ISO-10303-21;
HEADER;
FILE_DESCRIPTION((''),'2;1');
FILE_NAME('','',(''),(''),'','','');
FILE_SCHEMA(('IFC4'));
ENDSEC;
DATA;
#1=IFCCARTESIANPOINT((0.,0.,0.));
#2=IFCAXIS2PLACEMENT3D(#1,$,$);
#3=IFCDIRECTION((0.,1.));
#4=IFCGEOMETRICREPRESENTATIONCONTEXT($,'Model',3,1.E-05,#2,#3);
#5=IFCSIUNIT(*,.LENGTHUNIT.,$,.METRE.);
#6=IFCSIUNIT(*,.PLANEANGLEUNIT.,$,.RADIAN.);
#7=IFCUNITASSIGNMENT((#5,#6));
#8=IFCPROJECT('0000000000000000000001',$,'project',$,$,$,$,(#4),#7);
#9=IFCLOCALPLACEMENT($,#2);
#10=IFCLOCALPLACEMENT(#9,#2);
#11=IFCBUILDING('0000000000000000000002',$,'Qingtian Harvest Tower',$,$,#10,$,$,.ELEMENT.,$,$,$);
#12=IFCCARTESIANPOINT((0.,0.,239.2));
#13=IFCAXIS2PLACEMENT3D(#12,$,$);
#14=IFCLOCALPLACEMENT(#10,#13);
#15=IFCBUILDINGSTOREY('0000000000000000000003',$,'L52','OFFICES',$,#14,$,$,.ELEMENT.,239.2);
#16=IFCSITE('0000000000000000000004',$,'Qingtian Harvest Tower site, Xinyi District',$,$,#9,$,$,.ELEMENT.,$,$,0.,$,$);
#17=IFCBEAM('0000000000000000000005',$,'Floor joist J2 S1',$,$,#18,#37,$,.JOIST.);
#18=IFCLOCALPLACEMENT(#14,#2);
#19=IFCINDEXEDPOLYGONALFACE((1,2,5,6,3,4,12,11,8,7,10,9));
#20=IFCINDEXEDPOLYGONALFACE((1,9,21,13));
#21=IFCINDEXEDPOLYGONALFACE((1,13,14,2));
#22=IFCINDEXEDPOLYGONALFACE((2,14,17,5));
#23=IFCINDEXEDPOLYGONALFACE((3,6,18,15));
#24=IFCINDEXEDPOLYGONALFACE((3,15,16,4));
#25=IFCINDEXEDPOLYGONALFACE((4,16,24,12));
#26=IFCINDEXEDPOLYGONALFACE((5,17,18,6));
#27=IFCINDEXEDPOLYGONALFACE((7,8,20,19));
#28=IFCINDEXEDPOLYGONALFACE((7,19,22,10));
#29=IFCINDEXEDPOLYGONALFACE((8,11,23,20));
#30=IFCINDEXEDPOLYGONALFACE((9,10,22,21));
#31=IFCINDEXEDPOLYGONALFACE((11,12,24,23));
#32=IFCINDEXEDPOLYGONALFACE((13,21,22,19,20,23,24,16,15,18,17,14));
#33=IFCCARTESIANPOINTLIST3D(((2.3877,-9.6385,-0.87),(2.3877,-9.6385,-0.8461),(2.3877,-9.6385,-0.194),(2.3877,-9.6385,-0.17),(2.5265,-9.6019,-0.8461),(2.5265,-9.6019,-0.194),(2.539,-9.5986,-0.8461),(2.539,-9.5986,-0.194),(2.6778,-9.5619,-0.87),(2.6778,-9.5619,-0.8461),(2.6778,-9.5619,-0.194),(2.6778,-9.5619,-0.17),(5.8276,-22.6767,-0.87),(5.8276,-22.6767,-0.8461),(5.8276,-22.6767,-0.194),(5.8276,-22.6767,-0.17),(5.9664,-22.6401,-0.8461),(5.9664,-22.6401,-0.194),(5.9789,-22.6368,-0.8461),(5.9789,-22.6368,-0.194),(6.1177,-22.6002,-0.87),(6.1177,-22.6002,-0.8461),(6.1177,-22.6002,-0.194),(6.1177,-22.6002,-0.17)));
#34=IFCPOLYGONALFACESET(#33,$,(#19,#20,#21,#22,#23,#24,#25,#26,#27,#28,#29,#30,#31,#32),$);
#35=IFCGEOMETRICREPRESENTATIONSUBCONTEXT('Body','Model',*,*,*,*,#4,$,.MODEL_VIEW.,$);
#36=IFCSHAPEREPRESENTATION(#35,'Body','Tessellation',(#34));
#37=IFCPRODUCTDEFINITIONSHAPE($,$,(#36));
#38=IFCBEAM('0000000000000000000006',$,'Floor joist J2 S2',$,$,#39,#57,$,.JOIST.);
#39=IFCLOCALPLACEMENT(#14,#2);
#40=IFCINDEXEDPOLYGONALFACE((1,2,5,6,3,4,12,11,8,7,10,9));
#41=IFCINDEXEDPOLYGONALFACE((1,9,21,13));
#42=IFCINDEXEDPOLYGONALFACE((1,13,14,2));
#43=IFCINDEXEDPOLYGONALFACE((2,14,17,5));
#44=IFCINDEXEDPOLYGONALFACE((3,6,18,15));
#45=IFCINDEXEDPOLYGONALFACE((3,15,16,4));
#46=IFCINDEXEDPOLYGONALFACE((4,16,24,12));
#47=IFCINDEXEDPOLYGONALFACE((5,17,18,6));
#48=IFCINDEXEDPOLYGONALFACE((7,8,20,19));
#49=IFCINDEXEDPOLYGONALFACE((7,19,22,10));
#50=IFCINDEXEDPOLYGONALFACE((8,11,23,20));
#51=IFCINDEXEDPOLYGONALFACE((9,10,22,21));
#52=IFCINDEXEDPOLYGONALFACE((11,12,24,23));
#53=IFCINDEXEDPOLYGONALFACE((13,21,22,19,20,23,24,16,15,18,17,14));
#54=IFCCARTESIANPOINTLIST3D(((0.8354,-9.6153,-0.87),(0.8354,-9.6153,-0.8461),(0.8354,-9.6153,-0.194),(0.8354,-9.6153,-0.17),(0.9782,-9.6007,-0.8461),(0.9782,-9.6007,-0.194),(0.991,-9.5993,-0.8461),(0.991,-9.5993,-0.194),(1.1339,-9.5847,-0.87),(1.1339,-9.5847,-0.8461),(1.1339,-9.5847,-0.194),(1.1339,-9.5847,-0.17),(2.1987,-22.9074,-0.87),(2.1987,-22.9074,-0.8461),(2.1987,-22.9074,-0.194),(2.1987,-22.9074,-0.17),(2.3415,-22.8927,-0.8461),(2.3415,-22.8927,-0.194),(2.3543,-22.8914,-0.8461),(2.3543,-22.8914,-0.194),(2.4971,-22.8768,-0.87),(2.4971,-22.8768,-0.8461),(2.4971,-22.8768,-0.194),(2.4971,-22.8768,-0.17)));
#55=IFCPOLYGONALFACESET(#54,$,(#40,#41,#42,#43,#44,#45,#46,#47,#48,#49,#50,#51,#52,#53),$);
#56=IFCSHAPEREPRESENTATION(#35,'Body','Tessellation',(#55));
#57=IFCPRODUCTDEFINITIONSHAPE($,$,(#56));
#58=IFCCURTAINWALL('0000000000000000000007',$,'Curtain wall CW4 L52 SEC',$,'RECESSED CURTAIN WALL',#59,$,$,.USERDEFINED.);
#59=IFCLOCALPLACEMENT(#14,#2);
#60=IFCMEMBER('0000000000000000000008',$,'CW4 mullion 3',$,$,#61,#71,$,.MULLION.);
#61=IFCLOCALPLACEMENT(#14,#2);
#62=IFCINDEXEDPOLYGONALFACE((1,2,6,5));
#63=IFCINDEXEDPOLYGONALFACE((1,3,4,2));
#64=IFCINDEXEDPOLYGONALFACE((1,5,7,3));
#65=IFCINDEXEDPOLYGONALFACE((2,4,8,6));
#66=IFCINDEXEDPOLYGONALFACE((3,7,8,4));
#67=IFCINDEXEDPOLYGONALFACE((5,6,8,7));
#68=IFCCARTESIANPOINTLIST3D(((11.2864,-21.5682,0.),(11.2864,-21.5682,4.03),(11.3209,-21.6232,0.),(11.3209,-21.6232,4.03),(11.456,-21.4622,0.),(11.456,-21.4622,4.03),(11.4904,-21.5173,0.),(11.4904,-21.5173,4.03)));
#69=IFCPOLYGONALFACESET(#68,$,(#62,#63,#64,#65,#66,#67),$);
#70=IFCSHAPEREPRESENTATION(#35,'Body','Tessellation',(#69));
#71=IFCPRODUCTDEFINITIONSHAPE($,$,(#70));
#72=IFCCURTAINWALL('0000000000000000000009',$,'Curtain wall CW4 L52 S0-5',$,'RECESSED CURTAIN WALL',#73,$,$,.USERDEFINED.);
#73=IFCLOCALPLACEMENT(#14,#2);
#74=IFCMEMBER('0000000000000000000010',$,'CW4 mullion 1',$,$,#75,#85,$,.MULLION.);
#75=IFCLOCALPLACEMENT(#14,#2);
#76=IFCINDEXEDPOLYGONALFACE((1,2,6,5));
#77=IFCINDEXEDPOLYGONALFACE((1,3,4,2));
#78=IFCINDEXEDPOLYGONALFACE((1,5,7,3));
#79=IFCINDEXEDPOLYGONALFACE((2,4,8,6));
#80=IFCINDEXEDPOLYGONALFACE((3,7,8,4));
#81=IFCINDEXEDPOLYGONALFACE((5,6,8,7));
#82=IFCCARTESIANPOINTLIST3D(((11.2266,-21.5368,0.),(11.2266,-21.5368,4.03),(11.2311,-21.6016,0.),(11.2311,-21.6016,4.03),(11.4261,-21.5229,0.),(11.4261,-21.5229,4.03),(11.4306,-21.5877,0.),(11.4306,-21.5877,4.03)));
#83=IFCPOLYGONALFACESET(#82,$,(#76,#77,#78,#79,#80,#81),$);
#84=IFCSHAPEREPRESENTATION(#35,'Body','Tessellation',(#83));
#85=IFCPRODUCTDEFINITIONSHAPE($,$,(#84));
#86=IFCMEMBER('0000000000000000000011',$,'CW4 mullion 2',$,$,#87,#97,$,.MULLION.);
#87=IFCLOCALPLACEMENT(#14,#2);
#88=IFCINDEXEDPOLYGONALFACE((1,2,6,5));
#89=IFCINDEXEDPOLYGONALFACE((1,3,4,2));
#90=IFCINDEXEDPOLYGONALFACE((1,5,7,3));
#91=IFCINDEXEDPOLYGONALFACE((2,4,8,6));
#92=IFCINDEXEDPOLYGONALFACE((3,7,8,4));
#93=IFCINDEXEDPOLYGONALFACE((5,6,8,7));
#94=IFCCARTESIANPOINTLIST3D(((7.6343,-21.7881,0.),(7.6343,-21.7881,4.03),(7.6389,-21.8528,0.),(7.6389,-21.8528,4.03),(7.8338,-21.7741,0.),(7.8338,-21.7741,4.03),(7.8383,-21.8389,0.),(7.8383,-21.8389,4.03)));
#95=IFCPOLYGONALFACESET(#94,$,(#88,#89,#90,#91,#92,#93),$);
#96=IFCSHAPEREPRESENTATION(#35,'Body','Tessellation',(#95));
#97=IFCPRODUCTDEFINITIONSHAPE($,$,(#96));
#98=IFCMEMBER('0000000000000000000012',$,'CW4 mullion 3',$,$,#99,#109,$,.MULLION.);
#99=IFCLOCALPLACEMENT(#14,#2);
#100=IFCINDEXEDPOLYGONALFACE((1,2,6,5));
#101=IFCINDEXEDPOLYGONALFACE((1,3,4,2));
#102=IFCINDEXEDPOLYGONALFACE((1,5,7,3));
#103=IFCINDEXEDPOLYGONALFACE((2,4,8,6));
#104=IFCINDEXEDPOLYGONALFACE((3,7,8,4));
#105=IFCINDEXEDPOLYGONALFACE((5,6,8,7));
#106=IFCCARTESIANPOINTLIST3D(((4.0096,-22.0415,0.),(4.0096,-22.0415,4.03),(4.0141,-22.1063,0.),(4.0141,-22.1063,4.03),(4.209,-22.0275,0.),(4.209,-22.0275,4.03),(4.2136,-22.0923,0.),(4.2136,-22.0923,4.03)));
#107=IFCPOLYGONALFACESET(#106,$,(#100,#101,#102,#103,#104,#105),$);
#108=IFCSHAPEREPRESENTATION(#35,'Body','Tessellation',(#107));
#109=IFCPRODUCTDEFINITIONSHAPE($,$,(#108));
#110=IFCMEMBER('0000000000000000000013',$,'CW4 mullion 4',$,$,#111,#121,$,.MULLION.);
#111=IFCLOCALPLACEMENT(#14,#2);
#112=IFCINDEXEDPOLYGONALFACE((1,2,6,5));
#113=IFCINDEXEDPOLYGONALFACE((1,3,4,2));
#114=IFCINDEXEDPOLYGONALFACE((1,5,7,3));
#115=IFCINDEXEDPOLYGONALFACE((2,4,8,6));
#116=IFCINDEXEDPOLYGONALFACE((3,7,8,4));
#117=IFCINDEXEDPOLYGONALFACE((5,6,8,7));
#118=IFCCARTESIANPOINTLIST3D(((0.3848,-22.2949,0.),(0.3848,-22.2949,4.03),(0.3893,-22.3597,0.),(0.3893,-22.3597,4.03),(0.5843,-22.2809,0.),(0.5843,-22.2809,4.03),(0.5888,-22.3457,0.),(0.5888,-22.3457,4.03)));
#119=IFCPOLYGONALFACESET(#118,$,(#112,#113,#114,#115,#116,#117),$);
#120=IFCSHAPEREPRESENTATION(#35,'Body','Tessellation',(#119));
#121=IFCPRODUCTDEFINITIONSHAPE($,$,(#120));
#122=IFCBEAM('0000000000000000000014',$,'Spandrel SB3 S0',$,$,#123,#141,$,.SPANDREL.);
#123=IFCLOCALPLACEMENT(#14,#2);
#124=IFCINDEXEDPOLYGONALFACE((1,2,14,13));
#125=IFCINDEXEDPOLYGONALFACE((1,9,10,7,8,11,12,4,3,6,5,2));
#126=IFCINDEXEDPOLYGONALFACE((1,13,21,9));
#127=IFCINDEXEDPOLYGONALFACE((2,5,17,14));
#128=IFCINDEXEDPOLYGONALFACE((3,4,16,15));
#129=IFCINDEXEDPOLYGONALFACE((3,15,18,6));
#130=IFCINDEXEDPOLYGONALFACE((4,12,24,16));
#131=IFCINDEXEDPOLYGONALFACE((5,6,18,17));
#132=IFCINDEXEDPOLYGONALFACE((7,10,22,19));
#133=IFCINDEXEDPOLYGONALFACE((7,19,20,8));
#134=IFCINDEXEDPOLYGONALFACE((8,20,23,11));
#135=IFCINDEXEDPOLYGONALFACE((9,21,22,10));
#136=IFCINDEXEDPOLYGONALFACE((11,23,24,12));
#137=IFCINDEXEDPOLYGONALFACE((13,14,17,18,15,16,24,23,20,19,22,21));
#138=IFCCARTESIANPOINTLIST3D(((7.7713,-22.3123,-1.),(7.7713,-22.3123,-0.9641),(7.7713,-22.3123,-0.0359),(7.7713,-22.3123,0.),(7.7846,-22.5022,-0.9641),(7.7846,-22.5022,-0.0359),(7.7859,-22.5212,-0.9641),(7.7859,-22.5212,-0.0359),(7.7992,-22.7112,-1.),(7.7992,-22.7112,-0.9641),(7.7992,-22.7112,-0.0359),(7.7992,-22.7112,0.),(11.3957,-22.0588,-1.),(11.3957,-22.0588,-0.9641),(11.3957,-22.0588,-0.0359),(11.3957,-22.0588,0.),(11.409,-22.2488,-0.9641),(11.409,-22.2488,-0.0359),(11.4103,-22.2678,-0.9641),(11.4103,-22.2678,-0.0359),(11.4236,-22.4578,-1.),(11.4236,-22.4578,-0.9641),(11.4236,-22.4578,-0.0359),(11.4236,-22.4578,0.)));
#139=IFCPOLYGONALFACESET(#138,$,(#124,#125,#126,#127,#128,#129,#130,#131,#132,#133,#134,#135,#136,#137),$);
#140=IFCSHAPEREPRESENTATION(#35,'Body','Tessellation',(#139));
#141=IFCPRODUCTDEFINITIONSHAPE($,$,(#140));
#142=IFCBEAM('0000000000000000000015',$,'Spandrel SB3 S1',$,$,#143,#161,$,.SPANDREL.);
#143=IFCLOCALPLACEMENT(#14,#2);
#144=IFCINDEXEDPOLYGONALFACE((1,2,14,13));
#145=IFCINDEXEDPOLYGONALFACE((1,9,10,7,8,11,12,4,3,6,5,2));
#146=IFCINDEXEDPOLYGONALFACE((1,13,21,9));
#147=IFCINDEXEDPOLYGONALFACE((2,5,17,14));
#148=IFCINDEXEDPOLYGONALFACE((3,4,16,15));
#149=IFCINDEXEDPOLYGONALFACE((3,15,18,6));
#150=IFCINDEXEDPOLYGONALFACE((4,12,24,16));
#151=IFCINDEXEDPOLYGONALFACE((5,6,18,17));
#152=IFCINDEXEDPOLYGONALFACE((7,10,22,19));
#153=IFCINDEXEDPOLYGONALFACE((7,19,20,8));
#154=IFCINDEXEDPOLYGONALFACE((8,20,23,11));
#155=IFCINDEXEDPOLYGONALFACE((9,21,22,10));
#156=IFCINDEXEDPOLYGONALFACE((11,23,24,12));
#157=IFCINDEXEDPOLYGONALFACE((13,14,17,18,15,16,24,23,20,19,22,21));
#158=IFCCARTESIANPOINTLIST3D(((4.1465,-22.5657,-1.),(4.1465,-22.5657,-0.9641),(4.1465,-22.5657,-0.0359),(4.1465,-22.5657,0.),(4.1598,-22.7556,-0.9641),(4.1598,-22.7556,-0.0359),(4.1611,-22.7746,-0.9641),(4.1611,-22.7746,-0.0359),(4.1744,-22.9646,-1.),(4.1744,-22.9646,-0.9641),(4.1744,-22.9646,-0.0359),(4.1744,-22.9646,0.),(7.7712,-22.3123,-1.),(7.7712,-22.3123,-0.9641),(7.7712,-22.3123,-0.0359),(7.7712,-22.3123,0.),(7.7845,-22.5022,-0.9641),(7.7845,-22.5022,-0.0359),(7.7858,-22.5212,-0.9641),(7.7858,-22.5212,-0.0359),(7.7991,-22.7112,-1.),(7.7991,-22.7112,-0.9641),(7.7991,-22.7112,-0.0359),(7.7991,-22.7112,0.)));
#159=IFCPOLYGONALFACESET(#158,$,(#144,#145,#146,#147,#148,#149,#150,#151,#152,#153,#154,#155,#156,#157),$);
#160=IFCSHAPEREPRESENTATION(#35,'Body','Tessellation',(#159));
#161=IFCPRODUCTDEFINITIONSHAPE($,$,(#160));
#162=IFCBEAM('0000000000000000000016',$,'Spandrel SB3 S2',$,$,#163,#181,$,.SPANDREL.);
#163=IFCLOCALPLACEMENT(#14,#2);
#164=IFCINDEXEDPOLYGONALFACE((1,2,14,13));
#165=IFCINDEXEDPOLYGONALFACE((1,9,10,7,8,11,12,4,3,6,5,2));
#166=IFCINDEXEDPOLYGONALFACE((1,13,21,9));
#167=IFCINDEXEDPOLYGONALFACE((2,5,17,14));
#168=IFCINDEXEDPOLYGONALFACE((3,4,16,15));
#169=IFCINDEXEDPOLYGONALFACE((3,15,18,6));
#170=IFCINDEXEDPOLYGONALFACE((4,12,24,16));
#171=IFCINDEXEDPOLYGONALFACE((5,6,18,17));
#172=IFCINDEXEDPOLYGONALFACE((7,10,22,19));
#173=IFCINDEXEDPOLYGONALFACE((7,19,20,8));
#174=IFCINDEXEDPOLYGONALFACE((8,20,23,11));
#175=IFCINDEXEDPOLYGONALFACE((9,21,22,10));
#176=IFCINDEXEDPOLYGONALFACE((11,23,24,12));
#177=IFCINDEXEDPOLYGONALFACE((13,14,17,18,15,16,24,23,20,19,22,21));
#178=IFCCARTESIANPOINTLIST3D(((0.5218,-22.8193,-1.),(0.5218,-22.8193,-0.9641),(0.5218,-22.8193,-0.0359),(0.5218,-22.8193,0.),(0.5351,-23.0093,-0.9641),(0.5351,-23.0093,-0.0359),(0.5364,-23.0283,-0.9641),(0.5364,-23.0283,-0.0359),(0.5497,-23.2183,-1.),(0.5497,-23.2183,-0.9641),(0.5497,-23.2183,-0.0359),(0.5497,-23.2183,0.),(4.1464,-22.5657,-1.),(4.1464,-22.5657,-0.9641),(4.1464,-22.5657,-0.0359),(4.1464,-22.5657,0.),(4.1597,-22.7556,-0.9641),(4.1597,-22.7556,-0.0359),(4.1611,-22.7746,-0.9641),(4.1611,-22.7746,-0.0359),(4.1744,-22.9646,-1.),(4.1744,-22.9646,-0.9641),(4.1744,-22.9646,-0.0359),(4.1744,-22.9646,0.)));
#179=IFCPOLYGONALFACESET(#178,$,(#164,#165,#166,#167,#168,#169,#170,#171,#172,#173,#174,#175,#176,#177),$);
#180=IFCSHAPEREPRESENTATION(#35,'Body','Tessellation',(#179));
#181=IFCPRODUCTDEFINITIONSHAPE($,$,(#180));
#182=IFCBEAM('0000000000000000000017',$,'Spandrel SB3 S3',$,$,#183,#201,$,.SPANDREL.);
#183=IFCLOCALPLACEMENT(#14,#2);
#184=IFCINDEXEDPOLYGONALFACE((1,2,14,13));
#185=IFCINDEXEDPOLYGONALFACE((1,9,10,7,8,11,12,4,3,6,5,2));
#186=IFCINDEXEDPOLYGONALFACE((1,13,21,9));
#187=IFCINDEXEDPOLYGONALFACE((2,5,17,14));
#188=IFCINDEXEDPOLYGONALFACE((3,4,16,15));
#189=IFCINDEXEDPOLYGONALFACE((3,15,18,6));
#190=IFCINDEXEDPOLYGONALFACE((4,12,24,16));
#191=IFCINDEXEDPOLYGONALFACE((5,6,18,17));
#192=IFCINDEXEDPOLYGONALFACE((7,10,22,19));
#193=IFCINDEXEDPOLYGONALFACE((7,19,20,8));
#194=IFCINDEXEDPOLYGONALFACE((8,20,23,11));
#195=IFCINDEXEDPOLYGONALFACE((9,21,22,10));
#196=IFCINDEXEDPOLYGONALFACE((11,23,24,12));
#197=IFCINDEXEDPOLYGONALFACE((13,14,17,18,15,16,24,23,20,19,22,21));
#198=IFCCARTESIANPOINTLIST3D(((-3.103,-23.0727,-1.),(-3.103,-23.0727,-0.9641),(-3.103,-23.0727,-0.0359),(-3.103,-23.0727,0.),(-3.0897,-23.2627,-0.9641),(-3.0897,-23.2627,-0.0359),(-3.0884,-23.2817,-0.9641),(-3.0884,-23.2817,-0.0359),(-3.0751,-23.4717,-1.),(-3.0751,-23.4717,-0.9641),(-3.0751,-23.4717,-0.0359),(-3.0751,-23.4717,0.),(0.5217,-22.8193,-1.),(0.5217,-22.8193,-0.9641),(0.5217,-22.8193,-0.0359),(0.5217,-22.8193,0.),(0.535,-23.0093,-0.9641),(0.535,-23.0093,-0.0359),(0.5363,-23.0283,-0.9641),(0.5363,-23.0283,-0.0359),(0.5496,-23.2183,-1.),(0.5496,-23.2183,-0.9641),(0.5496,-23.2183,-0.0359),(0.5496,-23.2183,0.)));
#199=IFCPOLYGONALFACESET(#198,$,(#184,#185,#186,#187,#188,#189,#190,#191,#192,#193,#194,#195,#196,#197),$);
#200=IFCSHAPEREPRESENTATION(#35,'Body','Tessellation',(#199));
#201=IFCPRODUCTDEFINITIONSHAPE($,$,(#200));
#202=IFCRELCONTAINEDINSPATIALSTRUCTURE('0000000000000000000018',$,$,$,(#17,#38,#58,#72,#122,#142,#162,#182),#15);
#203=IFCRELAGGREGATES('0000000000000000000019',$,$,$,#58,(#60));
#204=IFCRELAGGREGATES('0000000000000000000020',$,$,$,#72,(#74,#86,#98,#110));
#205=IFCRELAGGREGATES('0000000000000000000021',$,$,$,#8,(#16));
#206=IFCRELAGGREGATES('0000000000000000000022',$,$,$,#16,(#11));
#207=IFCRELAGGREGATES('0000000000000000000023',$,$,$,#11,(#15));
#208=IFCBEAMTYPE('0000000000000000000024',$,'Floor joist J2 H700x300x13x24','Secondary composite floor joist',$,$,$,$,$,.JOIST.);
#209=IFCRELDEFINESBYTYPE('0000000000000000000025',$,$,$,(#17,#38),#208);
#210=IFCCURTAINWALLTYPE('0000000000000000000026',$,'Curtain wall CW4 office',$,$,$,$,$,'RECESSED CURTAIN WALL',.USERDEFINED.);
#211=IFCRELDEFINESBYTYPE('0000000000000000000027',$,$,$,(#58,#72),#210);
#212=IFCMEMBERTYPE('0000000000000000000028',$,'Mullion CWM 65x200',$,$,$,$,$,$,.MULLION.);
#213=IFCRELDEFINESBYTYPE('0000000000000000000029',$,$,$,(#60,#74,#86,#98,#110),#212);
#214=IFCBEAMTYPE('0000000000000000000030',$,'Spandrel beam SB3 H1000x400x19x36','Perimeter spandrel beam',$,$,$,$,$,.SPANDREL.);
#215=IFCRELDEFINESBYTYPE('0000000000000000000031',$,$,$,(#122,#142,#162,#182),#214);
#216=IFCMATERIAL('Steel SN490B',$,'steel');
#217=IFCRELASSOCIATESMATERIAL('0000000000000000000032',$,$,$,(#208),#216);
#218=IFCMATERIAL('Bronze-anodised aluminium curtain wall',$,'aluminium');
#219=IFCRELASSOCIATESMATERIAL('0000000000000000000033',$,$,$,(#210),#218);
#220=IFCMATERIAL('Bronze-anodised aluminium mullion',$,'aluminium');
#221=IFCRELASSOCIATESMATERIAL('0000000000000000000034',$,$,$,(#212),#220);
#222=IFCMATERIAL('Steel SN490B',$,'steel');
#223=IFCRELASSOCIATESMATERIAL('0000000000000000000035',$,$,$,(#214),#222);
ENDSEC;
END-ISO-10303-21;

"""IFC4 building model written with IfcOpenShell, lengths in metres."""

from ifc_helpers import new_model, si_unit, direction, frame, origin, origin_2d, place, context, subcontext, project, spatial, rectangle, i_section, extrude, material, material_profile, profile_set, type_object, element, aggregate, save


model = new_model("IFC4")

# Units and contexts
model_context = context("Model", 3, precision=1e-05, world=origin(), true_north=direction((0.0, 1.0)))
body_context = subcontext(model_context, "Body", "Model", "MODEL_VIEW")
ifc_project = project(units=[si_unit("LENGTHUNIT", "METRE"), si_unit("PLANEANGLEUNIT", "RADIAN")], contexts=[model_context])

# Site, building, storey
site_placement = place(None, origin())
site = spatial("IfcSite", under=ifc_project, at=site_placement, Name="Qingtian Harvest Tower site, Xinyi District", CompositionType="ELEMENT", RefElevation=0.0)
building_placement = place(site_placement, origin())
building = spatial("IfcBuilding", under=site, at=building_placement, Name="Qingtian Harvest Tower", CompositionType="ELEMENT")
storey_placement = place(building_placement, frame((0.0, 0.0, 239.2)))
storey = spatial("IfcBuildingStorey", under=building, at=storey_placement, Name="L52", Description="OFFICES", CompositionType="ELEMENT", Elevation=239.2)

# Beams
ifc_material_1 = material(Name="Steel SN490B", Category="steel")
ifc_material_profile_1 = material_profile(ifc_material_1, i_section(OverallWidth=0.3, OverallDepth=0.7, WebThickness=0.0129, FlangeThickness=0.0239, at=origin_2d()), Name="H700x300x13x24")
ifc_profile_set_1 = profile_set([ifc_material_profile_1], Name="Steel SN490B")
beam_type_1 = type_object("IfcBeamType", Name="Floor joist J2 H700x300x13x24", Description="Secondary composite floor joist", PredefinedType="JOIST", material=ifc_profile_set_1)
beam_1_placement = place(storey_placement, frame((5.9727, -22.6384, -0.52), z_axis=(-0.255104, 0.966914, 0.0), x_axis=(-0.966914, -0.255104, 0.0)))
element("IfcBeam", 1, at=beam_1_placement, inside=storey, type_object=beam_type_1, Name="Floor joist J2 S1", PredefinedType="JOIST", context=body_context, shape_type="SweptSolid", body=[
    extrude(i_section(OverallWidth=0.3, OverallDepth=0.7, WebThickness=0.0129, FlangeThickness=0.0239, at=origin_2d()), origin(), (0.0, 0.0, 1.0), 13.4844),
])
beam_2_placement = place(storey_placement, frame((2.3479, -22.8921, -0.52), z_axis=(-0.102029, 0.994781, 0.0), x_axis=(-0.994781, -0.102029, 0.0)))
element("IfcBeam", 2, at=beam_2_placement, inside=storey, type_object=beam_type_1, Name="Floor joist J2 S2", PredefinedType="JOIST", context=body_context, shape_type="SweptSolid", body=[
    extrude(i_section(OverallWidth=0.3, OverallDepth=0.7, WebThickness=0.0129, FlangeThickness=0.0239, at=origin_2d()), origin(), (0.0, 0.0, 1.0), 13.3618),
])

# Curtain wall, member
ifc_material_2 = material(Name="Bronze-anodised aluminium curtain wall", Category="aluminium")
curtain_wall_type = type_object("IfcCurtainWallType", Name="Curtain wall CW4 office", ElementType="RECESSED CURTAIN WALL", PredefinedType="USERDEFINED", material=ifc_material_2)
curtain_wall_1_placement = place(storey_placement, origin())
curtain_wall_1 = element("IfcCurtainWall", 3, at=curtain_wall_1_placement, inside=storey, type_object=curtain_wall_type, Name="Curtain wall CW4 L52 SEC", ObjectType="RECESSED CURTAIN WALL", PredefinedType="USERDEFINED")
ifc_material_3 = material(Name="Bronze-anodised aluminium mullion", Category="aluminium")
ifc_material_profile_2 = material_profile(ifc_material_3, rectangle(XDim=0.0649, YDim=0.2, at=origin_2d()), Name="AL 65x200")
ifc_profile_set_2 = profile_set([ifc_material_profile_2], Name="Bronze-anodised aluminium mullion")
member_type_1 = type_object("IfcMemberType", Name="Mullion CWM 65x200", PredefinedType="MULLION", material=ifc_profile_set_2)
member_1_placement = place(storey_placement, frame((11.3884, -21.5427, 0.0), z_axis=(0.0, 0.0, 1.0), x_axis=(0.529919, -0.848048, 0.0)))
member_1 = element("IfcMember", 4, at=member_1_placement, type_object=member_type_1, Name="CW4 mullion 3", PredefinedType="MULLION", context=body_context, shape_type="SweptSolid", body=[
    extrude(rectangle(XDim=0.0649, YDim=0.2, at=origin_2d()), origin(), (0.0, 0.0, 1.0), 4.03),
])

# Curtain wall, members
curtain_wall_2_placement = place(storey_placement, origin())
curtain_wall_2 = element("IfcCurtainWall", 5, at=curtain_wall_2_placement, inside=storey, type_object=curtain_wall_type, Name="Curtain wall CW4 L52 S0-5", ObjectType="RECESSED CURTAIN WALL", PredefinedType="USERDEFINED")
member_2_placement = place(storey_placement, frame((11.3286, -21.5623, 0.0), z_axis=(0.0, 0.0, 1.0), x_axis=(0.069756, -0.997564, 0.0)))
member_2 = element("IfcMember", 6, at=member_2_placement, type_object=member_type_1, Name="CW4 mullion 1", PredefinedType="MULLION", context=body_context, shape_type="SweptSolid", body=[
    extrude(rectangle(XDim=0.0649, YDim=0.2, at=origin_2d()), origin(), (0.0, 0.0, 1.0), 4.03),
])
member_3_placement = place(storey_placement, frame((7.7363, -21.8135, 0.0), z_axis=(0.0, 0.0, 1.0), x_axis=(0.069756, -0.997564, 0.0)))
member_3 = element("IfcMember", 7, at=member_3_placement, type_object=member_type_1, Name="CW4 mullion 2", PredefinedType="MULLION", context=body_context, shape_type="SweptSolid", body=[
    extrude(rectangle(XDim=0.0649, YDim=0.2, at=origin_2d()), origin(), (0.0, 0.0, 1.0), 4.03),
])
member_4_placement = place(storey_placement, frame((4.1116, -22.0669, 0.0), z_axis=(0.0, 0.0, 1.0), x_axis=(0.069756, -0.997564, 0.0)))
member_4 = element("IfcMember", 8, at=member_4_placement, type_object=member_type_1, Name="CW4 mullion 3", PredefinedType="MULLION", context=body_context, shape_type="SweptSolid", body=[
    extrude(rectangle(XDim=0.0649, YDim=0.2, at=origin_2d()), origin(), (0.0, 0.0, 1.0), 4.03),
])
member_5_placement = place(storey_placement, frame((0.4868, -22.3203, 0.0), z_axis=(0.0, 0.0, 1.0), x_axis=(0.069756, -0.997564, 0.0)))
member_5 = element("IfcMember", 9, at=member_5_placement, type_object=member_type_1, Name="CW4 mullion 4", PredefinedType="MULLION", context=body_context, shape_type="SweptSolid", body=[
    extrude(rectangle(XDim=0.0649, YDim=0.2, at=origin_2d()), origin(), (0.0, 0.0, 1.0), 4.03),
])

# Beams
ifc_material_4 = material(Name="Steel SN490B", Category="steel")
ifc_material_profile_3 = material_profile(ifc_material_4, i_section(OverallWidth=0.3999, OverallDepth=1.0, WebThickness=0.019, FlangeThickness=0.0359, at=origin_2d()), Name="H1000x400x19x36")
ifc_profile_set_3 = profile_set([ifc_material_profile_3], Name="Steel SN490B")
beam_type_2 = type_object("IfcBeamType", Name="Spandrel beam SB3 H1000x400x19x36", Description="Perimeter spandrel beam", PredefinedType="SPANDREL", material=ifc_profile_set_3)
beam_3_placement = place(storey_placement, frame((11.4097, -22.2583, -0.5), z_axis=(-0.997565, -0.069748, 0.0), x_axis=(0.069748, -0.997565, 0.0)))
element("IfcBeam", 10, at=beam_3_placement, inside=storey, type_object=beam_type_2, Name="Spandrel SB3 S0", PredefinedType="SPANDREL", context=body_context, shape_type="SweptSolid", body=[
    extrude(i_section(OverallWidth=0.3999, OverallDepth=1.0, WebThickness=0.019, FlangeThickness=0.0359, at=origin_2d()), origin(), (0.0, 0.0, 1.0), 3.6333),
])
for number, where, z_axis, x_axis, name in (
    (11, (7.7852, -22.5117, -0.5), (-0.997565, -0.069743, 0.0), (0.069743, -0.997565, 0.0), "Spandrel SB3 S1"),
    (12, (4.1604, -22.7651, -0.5), (-0.99756, -0.06981, 0.0), (0.06981, -0.99756, 0.0), "Spandrel SB3 S2"),
    (13, (0.5356, -23.0188, -0.5), (-0.997565, -0.069743, 0.0), (0.069743, -0.997565, 0.0), "Spandrel SB3 S3"),
):
    element("IfcBeam", number, at=place(storey_placement, frame(where, z_axis=z_axis, x_axis=x_axis)), inside=storey, type_object=beam_type_2, Name=name, PredefinedType="SPANDREL", context=body_context, shape_type="SweptSolid", body=[
        extrude(i_section(OverallWidth=0.3999, OverallDepth=1.0, WebThickness=0.019, FlangeThickness=0.0359, at=origin_2d()), origin(), (0.0, 0.0, 1.0), 3.6335),
    ])

aggregate(curtain_wall_1, [member_1])
aggregate(curtain_wall_2, [member_2, member_3, member_4, member_5])

save(model, "model.ifc")
